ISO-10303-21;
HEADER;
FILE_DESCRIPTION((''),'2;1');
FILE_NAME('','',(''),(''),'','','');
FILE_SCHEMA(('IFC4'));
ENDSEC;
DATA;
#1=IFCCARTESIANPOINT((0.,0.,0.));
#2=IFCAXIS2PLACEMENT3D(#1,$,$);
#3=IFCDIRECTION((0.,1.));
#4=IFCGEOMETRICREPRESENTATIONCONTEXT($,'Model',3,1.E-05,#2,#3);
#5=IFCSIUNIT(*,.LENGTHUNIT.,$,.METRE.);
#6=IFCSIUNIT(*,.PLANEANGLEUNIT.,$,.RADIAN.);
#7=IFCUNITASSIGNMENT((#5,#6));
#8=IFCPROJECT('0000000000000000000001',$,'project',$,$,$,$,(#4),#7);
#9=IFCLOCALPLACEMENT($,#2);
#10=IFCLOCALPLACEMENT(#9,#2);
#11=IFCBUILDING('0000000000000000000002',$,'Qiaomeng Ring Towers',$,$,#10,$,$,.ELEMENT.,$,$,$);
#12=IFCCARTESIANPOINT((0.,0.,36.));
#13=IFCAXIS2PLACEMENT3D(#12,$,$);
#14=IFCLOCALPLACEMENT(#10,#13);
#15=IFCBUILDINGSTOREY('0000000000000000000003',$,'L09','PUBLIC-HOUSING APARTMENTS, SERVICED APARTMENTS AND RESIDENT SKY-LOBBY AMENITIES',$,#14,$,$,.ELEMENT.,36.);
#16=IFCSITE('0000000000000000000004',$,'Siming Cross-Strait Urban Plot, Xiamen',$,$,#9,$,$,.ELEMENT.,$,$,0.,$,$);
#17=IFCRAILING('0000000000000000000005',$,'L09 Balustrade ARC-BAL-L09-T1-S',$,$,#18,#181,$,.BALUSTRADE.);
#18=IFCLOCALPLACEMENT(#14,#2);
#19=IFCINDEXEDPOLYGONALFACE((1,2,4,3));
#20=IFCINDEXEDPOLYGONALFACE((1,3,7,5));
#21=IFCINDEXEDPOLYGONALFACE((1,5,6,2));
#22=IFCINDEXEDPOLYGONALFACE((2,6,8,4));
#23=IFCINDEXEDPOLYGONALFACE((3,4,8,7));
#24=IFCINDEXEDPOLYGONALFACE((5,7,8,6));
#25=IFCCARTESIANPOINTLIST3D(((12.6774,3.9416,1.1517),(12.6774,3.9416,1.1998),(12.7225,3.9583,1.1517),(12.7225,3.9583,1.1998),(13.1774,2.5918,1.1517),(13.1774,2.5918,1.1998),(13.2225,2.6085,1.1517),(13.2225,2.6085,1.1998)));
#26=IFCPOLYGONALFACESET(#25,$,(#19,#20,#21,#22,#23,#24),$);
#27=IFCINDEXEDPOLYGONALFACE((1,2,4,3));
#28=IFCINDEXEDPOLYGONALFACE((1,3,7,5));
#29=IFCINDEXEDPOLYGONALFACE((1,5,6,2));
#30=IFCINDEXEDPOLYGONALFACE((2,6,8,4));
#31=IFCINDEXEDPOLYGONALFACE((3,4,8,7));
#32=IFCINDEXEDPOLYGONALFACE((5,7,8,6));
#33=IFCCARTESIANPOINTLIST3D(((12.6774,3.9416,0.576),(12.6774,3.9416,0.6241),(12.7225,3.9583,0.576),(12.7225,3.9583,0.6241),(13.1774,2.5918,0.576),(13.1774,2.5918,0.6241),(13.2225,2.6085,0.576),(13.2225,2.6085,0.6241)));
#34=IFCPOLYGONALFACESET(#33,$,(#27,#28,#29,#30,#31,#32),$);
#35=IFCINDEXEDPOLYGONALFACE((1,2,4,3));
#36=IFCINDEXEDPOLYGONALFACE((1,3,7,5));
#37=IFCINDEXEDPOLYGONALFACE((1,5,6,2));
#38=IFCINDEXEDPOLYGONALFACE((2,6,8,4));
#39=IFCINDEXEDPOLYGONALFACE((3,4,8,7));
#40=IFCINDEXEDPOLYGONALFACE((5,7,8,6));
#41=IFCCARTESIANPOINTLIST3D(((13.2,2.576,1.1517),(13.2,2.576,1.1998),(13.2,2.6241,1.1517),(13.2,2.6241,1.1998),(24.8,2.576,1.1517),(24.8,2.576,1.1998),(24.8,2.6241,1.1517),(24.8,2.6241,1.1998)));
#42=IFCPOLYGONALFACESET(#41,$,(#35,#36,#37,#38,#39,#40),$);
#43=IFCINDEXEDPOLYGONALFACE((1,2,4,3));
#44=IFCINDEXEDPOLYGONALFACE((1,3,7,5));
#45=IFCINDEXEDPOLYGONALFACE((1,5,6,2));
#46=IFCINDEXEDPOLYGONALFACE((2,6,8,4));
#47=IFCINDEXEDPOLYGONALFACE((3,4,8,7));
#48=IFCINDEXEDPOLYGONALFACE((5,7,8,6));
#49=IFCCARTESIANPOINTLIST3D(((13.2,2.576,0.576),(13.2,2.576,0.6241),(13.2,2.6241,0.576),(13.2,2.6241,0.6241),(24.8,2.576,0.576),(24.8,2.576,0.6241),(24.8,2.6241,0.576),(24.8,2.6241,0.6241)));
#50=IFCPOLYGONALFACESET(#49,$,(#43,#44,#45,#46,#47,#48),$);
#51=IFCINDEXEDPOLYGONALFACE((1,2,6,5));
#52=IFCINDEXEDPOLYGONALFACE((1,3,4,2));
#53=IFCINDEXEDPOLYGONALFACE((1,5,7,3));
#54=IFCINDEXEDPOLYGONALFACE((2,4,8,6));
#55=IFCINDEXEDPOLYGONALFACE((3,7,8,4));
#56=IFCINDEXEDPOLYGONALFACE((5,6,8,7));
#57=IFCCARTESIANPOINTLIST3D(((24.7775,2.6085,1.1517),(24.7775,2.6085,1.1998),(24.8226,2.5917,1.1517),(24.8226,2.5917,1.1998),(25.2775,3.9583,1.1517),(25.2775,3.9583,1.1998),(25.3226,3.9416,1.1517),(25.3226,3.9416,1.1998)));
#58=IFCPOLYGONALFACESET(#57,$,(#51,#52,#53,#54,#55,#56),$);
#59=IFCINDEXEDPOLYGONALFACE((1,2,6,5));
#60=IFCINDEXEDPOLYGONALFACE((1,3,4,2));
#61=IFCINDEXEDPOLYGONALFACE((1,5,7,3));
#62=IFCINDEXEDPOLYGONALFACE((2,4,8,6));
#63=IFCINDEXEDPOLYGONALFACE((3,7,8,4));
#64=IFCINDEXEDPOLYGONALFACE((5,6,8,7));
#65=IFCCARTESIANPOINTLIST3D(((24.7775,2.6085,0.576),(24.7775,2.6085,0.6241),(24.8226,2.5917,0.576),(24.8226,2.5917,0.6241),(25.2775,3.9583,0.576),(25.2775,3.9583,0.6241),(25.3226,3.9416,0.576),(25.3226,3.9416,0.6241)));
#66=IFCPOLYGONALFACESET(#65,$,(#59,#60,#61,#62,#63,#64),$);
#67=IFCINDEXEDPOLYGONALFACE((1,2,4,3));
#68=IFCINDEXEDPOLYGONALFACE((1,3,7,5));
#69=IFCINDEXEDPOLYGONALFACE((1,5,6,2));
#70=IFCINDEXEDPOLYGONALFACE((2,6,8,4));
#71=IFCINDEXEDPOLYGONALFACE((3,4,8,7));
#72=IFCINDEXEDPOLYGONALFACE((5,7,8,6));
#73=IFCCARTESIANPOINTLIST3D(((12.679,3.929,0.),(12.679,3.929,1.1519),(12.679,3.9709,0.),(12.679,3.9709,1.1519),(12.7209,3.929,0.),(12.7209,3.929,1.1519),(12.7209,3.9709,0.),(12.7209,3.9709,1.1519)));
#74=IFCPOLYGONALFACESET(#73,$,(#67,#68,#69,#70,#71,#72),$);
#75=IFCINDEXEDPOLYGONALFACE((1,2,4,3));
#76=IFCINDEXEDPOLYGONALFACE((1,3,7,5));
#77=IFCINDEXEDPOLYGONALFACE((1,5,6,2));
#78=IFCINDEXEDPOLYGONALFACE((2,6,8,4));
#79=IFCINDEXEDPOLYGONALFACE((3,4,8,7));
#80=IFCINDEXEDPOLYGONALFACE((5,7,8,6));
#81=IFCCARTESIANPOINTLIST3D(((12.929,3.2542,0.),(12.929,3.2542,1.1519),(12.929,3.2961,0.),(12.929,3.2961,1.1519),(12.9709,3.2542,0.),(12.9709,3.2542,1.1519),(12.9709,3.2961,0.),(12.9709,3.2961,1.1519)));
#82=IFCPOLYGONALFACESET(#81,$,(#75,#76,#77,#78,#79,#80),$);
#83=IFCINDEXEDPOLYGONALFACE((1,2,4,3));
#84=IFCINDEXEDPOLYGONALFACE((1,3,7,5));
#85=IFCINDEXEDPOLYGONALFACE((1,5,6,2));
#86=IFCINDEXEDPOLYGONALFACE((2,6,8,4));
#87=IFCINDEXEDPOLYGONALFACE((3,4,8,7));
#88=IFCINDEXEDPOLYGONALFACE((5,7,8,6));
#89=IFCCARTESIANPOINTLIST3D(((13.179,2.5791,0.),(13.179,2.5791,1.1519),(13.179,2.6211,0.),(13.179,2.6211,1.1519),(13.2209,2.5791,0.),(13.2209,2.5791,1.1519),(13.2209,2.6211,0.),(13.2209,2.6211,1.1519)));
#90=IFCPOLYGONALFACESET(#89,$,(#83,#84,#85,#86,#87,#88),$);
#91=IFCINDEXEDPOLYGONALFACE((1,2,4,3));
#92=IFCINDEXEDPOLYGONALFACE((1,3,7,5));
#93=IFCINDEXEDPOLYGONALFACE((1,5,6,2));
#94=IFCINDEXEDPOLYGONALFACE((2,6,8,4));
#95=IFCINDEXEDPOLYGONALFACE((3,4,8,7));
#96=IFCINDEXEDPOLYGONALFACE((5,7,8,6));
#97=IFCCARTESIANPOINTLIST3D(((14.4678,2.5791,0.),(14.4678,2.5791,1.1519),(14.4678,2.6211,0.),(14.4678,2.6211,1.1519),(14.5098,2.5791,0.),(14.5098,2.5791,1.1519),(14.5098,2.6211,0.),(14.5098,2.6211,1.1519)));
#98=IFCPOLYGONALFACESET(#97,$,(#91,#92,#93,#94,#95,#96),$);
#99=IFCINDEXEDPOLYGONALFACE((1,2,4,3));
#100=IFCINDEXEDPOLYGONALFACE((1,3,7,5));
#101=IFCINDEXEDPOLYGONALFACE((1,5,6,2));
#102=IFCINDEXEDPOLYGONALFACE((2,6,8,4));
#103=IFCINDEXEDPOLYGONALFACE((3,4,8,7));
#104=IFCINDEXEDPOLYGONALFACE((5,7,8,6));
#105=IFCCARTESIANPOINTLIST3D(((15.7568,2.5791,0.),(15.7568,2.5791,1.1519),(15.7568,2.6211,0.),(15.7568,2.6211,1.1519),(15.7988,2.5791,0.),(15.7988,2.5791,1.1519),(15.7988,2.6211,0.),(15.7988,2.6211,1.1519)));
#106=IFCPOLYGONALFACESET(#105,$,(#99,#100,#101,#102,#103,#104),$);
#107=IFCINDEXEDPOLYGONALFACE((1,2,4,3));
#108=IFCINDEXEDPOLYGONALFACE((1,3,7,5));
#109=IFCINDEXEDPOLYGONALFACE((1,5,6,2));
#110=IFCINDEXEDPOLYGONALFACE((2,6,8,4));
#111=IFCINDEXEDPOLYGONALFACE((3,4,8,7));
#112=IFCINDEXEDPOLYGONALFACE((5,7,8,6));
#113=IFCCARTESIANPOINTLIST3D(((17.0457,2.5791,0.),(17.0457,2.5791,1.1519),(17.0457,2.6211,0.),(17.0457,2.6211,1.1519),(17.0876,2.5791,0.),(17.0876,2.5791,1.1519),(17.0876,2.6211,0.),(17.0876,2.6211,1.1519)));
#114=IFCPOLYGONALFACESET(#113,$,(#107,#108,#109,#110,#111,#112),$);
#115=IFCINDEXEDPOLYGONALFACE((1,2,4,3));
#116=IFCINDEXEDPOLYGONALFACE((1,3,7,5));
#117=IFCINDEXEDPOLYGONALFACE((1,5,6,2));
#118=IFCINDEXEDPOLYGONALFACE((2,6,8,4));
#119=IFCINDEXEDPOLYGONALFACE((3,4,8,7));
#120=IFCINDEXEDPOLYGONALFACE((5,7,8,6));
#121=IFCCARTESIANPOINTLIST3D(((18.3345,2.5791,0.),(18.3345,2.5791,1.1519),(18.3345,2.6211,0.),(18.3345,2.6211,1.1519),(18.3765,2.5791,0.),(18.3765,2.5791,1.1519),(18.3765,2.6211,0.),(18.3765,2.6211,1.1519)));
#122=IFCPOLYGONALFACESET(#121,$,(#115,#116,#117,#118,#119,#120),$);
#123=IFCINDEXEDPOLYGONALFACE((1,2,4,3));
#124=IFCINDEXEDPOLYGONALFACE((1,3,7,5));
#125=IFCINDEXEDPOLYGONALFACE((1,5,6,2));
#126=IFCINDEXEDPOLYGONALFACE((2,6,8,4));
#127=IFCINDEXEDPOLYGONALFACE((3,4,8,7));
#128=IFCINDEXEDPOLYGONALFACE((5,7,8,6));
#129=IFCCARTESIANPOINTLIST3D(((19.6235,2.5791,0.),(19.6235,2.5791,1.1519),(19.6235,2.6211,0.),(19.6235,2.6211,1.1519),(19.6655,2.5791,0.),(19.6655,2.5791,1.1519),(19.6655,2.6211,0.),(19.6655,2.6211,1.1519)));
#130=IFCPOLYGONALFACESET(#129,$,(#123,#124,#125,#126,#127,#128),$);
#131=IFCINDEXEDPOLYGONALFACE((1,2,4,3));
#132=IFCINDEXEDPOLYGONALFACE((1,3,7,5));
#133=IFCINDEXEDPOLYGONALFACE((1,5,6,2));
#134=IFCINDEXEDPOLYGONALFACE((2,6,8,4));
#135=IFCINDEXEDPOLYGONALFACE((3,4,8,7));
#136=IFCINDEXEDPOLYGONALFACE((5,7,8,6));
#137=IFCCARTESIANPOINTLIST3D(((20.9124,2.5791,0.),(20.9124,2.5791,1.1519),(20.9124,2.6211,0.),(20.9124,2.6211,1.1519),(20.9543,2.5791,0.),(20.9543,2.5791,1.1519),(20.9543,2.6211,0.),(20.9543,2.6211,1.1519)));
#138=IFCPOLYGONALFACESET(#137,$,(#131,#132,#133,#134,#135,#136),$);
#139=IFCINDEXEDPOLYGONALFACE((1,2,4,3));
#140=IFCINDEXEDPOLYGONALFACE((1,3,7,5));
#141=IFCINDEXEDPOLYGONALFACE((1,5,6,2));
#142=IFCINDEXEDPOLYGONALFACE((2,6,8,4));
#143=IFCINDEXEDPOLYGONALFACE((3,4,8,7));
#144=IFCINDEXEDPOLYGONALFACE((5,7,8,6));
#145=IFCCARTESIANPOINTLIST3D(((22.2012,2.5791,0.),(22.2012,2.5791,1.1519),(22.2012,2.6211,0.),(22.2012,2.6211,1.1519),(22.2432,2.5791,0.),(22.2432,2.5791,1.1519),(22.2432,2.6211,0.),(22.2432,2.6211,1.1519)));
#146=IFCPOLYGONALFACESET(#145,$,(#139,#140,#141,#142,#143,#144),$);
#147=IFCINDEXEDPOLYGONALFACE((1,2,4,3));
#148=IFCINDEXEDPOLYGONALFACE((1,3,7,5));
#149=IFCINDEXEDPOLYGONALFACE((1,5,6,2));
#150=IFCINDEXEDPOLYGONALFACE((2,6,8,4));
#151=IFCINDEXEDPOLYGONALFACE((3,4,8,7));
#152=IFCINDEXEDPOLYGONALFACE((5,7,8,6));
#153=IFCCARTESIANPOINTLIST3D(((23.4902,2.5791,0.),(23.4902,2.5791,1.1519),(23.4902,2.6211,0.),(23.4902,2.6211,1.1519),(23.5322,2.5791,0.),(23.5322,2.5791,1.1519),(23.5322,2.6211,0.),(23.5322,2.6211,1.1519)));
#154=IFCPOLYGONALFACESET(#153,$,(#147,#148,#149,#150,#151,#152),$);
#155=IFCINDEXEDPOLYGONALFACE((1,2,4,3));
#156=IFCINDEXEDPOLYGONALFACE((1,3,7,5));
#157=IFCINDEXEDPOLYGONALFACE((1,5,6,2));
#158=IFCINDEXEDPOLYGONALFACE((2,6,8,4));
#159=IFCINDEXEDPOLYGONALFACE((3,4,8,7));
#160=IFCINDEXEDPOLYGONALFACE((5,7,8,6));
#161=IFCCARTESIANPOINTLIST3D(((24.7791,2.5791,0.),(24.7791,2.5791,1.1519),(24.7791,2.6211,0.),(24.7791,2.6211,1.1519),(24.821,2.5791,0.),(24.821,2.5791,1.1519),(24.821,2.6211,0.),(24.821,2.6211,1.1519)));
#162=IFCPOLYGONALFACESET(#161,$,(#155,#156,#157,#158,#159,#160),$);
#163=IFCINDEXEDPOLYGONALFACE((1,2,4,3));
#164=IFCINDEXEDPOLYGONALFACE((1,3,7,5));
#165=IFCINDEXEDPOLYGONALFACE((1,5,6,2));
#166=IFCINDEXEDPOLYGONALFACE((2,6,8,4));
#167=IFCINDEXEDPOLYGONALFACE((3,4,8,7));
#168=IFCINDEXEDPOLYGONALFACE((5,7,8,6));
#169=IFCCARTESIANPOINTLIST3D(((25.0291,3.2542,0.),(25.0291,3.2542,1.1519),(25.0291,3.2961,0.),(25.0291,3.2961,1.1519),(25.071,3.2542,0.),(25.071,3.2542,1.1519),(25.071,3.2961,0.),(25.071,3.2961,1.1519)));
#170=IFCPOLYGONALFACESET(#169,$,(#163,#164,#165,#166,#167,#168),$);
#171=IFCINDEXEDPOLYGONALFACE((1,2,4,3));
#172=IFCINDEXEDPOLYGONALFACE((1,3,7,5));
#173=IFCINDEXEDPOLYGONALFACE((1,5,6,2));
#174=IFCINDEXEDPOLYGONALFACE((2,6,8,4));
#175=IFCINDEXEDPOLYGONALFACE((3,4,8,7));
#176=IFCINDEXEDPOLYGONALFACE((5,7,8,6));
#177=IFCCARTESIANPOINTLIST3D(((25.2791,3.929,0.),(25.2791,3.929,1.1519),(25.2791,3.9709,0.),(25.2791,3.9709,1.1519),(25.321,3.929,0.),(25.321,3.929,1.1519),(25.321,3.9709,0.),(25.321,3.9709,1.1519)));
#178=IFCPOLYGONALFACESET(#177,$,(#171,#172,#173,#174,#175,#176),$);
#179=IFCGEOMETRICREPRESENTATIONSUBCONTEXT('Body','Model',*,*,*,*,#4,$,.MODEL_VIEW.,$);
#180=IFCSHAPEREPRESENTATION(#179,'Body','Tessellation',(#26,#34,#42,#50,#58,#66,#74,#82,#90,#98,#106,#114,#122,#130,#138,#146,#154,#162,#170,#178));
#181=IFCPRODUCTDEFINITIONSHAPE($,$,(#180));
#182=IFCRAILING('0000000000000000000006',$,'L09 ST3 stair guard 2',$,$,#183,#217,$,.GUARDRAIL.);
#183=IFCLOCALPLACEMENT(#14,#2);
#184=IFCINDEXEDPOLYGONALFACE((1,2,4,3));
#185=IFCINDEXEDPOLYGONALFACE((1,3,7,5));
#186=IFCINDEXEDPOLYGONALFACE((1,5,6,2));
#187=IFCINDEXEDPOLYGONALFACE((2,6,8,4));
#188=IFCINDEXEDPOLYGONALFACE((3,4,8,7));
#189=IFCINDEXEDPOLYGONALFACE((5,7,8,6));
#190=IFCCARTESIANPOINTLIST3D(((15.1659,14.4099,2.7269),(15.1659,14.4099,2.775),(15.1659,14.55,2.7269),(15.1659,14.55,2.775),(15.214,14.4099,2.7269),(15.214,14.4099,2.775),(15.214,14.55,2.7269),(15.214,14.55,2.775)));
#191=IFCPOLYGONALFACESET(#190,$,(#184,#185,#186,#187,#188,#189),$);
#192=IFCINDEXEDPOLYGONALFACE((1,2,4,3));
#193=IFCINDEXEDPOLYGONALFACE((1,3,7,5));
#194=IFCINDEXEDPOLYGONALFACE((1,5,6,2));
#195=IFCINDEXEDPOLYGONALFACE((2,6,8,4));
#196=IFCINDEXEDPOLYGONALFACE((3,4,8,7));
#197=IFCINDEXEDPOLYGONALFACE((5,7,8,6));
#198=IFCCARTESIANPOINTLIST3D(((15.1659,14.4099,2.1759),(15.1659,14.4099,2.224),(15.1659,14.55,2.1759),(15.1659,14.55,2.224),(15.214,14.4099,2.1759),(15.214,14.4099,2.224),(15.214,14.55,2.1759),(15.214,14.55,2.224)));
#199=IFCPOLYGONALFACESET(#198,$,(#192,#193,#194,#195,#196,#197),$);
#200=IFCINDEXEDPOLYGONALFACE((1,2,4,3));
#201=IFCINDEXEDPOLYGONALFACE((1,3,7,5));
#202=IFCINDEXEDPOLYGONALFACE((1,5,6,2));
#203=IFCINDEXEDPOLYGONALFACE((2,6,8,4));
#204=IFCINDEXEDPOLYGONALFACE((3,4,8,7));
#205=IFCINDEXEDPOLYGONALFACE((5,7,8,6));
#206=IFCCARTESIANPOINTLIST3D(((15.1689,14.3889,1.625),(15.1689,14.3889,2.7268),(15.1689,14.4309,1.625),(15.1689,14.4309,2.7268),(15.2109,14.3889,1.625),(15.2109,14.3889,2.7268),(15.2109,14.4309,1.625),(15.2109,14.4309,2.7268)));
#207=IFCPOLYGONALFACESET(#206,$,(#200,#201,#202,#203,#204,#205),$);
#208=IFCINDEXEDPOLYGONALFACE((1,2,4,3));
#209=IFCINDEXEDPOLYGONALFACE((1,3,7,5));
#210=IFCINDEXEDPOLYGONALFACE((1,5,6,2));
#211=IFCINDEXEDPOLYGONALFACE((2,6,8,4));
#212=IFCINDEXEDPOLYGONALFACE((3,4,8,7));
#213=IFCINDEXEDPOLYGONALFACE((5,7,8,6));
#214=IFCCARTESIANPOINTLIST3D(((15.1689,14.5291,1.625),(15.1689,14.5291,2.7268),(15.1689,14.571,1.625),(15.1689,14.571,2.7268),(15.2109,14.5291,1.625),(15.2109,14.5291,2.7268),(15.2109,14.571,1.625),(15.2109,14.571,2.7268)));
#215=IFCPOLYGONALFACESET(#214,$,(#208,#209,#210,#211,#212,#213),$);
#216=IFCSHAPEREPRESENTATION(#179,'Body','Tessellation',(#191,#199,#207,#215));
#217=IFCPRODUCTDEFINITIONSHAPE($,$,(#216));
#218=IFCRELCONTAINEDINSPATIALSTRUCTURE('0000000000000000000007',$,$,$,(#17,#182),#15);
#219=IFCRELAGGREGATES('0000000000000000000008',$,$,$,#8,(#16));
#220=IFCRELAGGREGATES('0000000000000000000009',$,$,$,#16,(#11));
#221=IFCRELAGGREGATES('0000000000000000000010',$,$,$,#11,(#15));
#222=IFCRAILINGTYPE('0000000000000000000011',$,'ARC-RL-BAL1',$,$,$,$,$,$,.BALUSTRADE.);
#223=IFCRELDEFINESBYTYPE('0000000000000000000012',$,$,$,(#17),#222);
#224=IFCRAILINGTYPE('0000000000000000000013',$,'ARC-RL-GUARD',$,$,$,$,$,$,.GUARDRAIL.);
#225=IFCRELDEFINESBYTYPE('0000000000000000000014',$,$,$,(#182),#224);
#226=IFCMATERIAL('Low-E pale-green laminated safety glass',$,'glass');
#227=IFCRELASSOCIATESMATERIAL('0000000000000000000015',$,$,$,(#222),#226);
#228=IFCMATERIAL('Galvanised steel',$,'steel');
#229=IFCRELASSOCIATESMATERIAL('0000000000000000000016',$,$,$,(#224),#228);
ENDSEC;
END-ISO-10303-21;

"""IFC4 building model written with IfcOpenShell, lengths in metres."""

from ifc_helpers import new_model, si_unit, direction, frame, origin, origin_2d, place, context, subcontext, project, spatial, rectangle, extrude, material, type_object, element, save


model = new_model("IFC4")

# Units and contexts
model_context = context("Model", 3, precision=1e-05, world=origin(), true_north=direction((0.0, 1.0)))
body_context = subcontext(model_context, "Body", "Model", "MODEL_VIEW")
ifc_project = project(units=[si_unit("LENGTHUNIT", "METRE"), si_unit("PLANEANGLEUNIT", "RADIAN")], contexts=[model_context])

# Site, building, storey
site_placement = place(None, origin())
site = spatial("IfcSite", under=ifc_project, at=site_placement, Name="Siming Cross-Strait Urban Plot, Xiamen", CompositionType="ELEMENT", RefElevation=0.0)
building_placement = place(site_placement, origin())
building = spatial("IfcBuilding", under=site, at=building_placement, Name="Qiaomeng Ring Towers", CompositionType="ELEMENT")
storey_placement = place(building_placement, frame((0.0, 0.0, 36.0)))
storey = spatial("IfcBuildingStorey", under=building, at=storey_placement, Name="L09", Description="PUBLIC-HOUSING APARTMENTS, SERVICED APARTMENTS AND RESIDENT SKY-LOBBY AMENITIES", CompositionType="ELEMENT", Elevation=36.0)

# Shared definitions
ifc_material_1 = material(Name="Galvanised steel", Category="steel")

# Railings
ifc_material_2 = material(Name="Low-E pale-green laminated safety glass", Category="glass")
railing_type_1 = type_object("IfcRailingType", Name="ARC-RL-BAL1", PredefinedType="BALUSTRADE", material=ifc_material_2)
railing_1_placement = place(storey_placement, frame((12.7, 3.95, 0.0)))
element("IfcRailing", 1, at=railing_1_placement, inside=storey, type_object=railing_type_1, Name="L09 Balustrade ARC-BAL-L09-T1-S", PredefinedType="BALUSTRADE", context=body_context, shape_type="SweptSolid", body=[
    extrude(rectangle(XDim=0.0481, YDim=0.0481, at=origin_2d()), frame((0.0, 0.0, 1.1758), z_axis=(0.347347, -0.937736, 0.0), x_axis=(0.937736, 0.347347, 0.0)), (0.0, 0.0, 1.0), 1.4395),
    extrude(rectangle(XDim=0.0481, YDim=0.0481, at=origin_2d()), frame((0.0, 0.0, 0.6001), z_axis=(0.347347, -0.937736, 0.0), x_axis=(0.937736, 0.347347, 0.0)), (0.0, 0.0, 1.0), 1.4395),
    extrude(rectangle(XDim=0.0481, YDim=0.0481, at=origin_2d()), frame((0.5, -1.3499, 1.1758), z_axis=(1.0, 0.0, 0.0), x_axis=(0.0, 1.0, 0.0)), (0.0, 0.0, 1.0), 11.6001),
    extrude(rectangle(XDim=0.0481, YDim=0.0481, at=origin_2d()), frame((0.5, -1.3499, 0.6001), z_axis=(1.0, 0.0, 0.0), x_axis=(0.0, 1.0, 0.0)), (0.0, 0.0, 1.0), 11.6001),
    extrude(rectangle(XDim=0.0481, YDim=0.0481, at=origin_2d()), frame((12.1001, -1.3499, 1.1758), z_axis=(0.347347, 0.937736, 0.0), x_axis=(-0.937736, 0.347347, 0.0)), (0.0, 0.0, 1.0), 1.4395),
    extrude(rectangle(XDim=0.0481, YDim=0.0481, at=origin_2d()), frame((12.1001, -1.3499, 0.6001), z_axis=(0.347347, 0.937736, 0.0), x_axis=(-0.937736, 0.347347, 0.0)), (0.0, 0.0, 1.0), 1.4395),
    extrude(rectangle(XDim=0.042, YDim=0.042, at=origin_2d()), origin(), (0.0, 0.0, 1.0), 1.1519),
    extrude(rectangle(XDim=0.042, YDim=0.042, at=origin_2d()), frame((0.25, -0.6748, 0.0)), (0.0, 0.0, 1.0), 1.1519),
    extrude(rectangle(XDim=0.042, YDim=0.042, at=origin_2d()), frame((0.5, -1.3499, 0.0)), (0.0, 0.0, 1.0), 1.1519),
    extrude(rectangle(XDim=0.042, YDim=0.042, at=origin_2d()), frame((1.7888, -1.3499, 0.0)), (0.0, 0.0, 1.0), 1.1519),
    extrude(rectangle(XDim=0.042, YDim=0.042, at=origin_2d()), frame((3.0779, -1.3499, 0.0)), (0.0, 0.0, 1.0), 1.1519),
    extrude(rectangle(XDim=0.042, YDim=0.042, at=origin_2d()), frame((4.3667, -1.3499, 0.0)), (0.0, 0.0, 1.0), 1.1519),
    extrude(rectangle(XDim=0.042, YDim=0.042, at=origin_2d()), frame((5.6555, -1.3499, 0.0)), (0.0, 0.0, 1.0), 1.1519),
    extrude(rectangle(XDim=0.042, YDim=0.042, at=origin_2d()), frame((6.9446, -1.3499, 0.0)), (0.0, 0.0, 1.0), 1.1519),
    extrude(rectangle(XDim=0.042, YDim=0.042, at=origin_2d()), frame((8.2334, -1.3499, 0.0)), (0.0, 0.0, 1.0), 1.1519),
    extrude(rectangle(XDim=0.042, YDim=0.042, at=origin_2d()), frame((9.5222, -1.3499, 0.0)), (0.0, 0.0, 1.0), 1.1519),
    extrude(rectangle(XDim=0.042, YDim=0.042, at=origin_2d()), frame((10.8113, -1.3499, 0.0)), (0.0, 0.0, 1.0), 1.1519),
    extrude(rectangle(XDim=0.042, YDim=0.042, at=origin_2d()), frame((12.1001, -1.3499, 0.0)), (0.0, 0.0, 1.0), 1.1519),
    extrude(rectangle(XDim=0.042, YDim=0.042, at=origin_2d()), frame((12.3501, -0.6748, 0.0)), (0.0, 0.0, 1.0), 1.1519),
    extrude(rectangle(XDim=0.042, YDim=0.042, at=origin_2d()), frame((12.6001, 0.0, 0.0)), (0.0, 0.0, 1.0), 1.1519),
])
railing_type_2 = type_object("IfcRailingType", Name="ARC-RL-GUARD", PredefinedType="GUARDRAIL", material=ifc_material_1)
railing_2_placement = place(storey_placement, frame((15.1899, 14.4099, 1.625)))
element("IfcRailing", 2, at=railing_2_placement, inside=storey, type_object=railing_type_2, Name="L09 ST3 stair guard 2", PredefinedType="GUARDRAIL", context=body_context, shape_type="SweptSolid", body=[
    extrude(rectangle(XDim=0.0481, YDim=0.0481, at=origin_2d()), frame((0.0, 0.0, 1.126), z_axis=(0.0, 1.0, 0.0), x_axis=(-1.0, 0.0, 0.0)), (0.0, 0.0, 1.0), 0.1401),
    extrude(rectangle(XDim=0.0481, YDim=0.0481, at=origin_2d()), frame((0.0, 0.0, 0.575), z_axis=(0.0, 1.0, 0.0), x_axis=(-1.0, 0.0, 0.0)), (0.0, 0.0, 1.0), 0.1401),
    extrude(rectangle(XDim=0.042, YDim=0.042, at=origin_2d()), origin(), (0.0, 0.0, 1.0), 1.1018),
    extrude(rectangle(XDim=0.042, YDim=0.042, at=origin_2d()), frame((0.0, 0.1401, 0.0)), (0.0, 0.0, 1.0), 1.1018),
])

save(model, "model.ifc")
